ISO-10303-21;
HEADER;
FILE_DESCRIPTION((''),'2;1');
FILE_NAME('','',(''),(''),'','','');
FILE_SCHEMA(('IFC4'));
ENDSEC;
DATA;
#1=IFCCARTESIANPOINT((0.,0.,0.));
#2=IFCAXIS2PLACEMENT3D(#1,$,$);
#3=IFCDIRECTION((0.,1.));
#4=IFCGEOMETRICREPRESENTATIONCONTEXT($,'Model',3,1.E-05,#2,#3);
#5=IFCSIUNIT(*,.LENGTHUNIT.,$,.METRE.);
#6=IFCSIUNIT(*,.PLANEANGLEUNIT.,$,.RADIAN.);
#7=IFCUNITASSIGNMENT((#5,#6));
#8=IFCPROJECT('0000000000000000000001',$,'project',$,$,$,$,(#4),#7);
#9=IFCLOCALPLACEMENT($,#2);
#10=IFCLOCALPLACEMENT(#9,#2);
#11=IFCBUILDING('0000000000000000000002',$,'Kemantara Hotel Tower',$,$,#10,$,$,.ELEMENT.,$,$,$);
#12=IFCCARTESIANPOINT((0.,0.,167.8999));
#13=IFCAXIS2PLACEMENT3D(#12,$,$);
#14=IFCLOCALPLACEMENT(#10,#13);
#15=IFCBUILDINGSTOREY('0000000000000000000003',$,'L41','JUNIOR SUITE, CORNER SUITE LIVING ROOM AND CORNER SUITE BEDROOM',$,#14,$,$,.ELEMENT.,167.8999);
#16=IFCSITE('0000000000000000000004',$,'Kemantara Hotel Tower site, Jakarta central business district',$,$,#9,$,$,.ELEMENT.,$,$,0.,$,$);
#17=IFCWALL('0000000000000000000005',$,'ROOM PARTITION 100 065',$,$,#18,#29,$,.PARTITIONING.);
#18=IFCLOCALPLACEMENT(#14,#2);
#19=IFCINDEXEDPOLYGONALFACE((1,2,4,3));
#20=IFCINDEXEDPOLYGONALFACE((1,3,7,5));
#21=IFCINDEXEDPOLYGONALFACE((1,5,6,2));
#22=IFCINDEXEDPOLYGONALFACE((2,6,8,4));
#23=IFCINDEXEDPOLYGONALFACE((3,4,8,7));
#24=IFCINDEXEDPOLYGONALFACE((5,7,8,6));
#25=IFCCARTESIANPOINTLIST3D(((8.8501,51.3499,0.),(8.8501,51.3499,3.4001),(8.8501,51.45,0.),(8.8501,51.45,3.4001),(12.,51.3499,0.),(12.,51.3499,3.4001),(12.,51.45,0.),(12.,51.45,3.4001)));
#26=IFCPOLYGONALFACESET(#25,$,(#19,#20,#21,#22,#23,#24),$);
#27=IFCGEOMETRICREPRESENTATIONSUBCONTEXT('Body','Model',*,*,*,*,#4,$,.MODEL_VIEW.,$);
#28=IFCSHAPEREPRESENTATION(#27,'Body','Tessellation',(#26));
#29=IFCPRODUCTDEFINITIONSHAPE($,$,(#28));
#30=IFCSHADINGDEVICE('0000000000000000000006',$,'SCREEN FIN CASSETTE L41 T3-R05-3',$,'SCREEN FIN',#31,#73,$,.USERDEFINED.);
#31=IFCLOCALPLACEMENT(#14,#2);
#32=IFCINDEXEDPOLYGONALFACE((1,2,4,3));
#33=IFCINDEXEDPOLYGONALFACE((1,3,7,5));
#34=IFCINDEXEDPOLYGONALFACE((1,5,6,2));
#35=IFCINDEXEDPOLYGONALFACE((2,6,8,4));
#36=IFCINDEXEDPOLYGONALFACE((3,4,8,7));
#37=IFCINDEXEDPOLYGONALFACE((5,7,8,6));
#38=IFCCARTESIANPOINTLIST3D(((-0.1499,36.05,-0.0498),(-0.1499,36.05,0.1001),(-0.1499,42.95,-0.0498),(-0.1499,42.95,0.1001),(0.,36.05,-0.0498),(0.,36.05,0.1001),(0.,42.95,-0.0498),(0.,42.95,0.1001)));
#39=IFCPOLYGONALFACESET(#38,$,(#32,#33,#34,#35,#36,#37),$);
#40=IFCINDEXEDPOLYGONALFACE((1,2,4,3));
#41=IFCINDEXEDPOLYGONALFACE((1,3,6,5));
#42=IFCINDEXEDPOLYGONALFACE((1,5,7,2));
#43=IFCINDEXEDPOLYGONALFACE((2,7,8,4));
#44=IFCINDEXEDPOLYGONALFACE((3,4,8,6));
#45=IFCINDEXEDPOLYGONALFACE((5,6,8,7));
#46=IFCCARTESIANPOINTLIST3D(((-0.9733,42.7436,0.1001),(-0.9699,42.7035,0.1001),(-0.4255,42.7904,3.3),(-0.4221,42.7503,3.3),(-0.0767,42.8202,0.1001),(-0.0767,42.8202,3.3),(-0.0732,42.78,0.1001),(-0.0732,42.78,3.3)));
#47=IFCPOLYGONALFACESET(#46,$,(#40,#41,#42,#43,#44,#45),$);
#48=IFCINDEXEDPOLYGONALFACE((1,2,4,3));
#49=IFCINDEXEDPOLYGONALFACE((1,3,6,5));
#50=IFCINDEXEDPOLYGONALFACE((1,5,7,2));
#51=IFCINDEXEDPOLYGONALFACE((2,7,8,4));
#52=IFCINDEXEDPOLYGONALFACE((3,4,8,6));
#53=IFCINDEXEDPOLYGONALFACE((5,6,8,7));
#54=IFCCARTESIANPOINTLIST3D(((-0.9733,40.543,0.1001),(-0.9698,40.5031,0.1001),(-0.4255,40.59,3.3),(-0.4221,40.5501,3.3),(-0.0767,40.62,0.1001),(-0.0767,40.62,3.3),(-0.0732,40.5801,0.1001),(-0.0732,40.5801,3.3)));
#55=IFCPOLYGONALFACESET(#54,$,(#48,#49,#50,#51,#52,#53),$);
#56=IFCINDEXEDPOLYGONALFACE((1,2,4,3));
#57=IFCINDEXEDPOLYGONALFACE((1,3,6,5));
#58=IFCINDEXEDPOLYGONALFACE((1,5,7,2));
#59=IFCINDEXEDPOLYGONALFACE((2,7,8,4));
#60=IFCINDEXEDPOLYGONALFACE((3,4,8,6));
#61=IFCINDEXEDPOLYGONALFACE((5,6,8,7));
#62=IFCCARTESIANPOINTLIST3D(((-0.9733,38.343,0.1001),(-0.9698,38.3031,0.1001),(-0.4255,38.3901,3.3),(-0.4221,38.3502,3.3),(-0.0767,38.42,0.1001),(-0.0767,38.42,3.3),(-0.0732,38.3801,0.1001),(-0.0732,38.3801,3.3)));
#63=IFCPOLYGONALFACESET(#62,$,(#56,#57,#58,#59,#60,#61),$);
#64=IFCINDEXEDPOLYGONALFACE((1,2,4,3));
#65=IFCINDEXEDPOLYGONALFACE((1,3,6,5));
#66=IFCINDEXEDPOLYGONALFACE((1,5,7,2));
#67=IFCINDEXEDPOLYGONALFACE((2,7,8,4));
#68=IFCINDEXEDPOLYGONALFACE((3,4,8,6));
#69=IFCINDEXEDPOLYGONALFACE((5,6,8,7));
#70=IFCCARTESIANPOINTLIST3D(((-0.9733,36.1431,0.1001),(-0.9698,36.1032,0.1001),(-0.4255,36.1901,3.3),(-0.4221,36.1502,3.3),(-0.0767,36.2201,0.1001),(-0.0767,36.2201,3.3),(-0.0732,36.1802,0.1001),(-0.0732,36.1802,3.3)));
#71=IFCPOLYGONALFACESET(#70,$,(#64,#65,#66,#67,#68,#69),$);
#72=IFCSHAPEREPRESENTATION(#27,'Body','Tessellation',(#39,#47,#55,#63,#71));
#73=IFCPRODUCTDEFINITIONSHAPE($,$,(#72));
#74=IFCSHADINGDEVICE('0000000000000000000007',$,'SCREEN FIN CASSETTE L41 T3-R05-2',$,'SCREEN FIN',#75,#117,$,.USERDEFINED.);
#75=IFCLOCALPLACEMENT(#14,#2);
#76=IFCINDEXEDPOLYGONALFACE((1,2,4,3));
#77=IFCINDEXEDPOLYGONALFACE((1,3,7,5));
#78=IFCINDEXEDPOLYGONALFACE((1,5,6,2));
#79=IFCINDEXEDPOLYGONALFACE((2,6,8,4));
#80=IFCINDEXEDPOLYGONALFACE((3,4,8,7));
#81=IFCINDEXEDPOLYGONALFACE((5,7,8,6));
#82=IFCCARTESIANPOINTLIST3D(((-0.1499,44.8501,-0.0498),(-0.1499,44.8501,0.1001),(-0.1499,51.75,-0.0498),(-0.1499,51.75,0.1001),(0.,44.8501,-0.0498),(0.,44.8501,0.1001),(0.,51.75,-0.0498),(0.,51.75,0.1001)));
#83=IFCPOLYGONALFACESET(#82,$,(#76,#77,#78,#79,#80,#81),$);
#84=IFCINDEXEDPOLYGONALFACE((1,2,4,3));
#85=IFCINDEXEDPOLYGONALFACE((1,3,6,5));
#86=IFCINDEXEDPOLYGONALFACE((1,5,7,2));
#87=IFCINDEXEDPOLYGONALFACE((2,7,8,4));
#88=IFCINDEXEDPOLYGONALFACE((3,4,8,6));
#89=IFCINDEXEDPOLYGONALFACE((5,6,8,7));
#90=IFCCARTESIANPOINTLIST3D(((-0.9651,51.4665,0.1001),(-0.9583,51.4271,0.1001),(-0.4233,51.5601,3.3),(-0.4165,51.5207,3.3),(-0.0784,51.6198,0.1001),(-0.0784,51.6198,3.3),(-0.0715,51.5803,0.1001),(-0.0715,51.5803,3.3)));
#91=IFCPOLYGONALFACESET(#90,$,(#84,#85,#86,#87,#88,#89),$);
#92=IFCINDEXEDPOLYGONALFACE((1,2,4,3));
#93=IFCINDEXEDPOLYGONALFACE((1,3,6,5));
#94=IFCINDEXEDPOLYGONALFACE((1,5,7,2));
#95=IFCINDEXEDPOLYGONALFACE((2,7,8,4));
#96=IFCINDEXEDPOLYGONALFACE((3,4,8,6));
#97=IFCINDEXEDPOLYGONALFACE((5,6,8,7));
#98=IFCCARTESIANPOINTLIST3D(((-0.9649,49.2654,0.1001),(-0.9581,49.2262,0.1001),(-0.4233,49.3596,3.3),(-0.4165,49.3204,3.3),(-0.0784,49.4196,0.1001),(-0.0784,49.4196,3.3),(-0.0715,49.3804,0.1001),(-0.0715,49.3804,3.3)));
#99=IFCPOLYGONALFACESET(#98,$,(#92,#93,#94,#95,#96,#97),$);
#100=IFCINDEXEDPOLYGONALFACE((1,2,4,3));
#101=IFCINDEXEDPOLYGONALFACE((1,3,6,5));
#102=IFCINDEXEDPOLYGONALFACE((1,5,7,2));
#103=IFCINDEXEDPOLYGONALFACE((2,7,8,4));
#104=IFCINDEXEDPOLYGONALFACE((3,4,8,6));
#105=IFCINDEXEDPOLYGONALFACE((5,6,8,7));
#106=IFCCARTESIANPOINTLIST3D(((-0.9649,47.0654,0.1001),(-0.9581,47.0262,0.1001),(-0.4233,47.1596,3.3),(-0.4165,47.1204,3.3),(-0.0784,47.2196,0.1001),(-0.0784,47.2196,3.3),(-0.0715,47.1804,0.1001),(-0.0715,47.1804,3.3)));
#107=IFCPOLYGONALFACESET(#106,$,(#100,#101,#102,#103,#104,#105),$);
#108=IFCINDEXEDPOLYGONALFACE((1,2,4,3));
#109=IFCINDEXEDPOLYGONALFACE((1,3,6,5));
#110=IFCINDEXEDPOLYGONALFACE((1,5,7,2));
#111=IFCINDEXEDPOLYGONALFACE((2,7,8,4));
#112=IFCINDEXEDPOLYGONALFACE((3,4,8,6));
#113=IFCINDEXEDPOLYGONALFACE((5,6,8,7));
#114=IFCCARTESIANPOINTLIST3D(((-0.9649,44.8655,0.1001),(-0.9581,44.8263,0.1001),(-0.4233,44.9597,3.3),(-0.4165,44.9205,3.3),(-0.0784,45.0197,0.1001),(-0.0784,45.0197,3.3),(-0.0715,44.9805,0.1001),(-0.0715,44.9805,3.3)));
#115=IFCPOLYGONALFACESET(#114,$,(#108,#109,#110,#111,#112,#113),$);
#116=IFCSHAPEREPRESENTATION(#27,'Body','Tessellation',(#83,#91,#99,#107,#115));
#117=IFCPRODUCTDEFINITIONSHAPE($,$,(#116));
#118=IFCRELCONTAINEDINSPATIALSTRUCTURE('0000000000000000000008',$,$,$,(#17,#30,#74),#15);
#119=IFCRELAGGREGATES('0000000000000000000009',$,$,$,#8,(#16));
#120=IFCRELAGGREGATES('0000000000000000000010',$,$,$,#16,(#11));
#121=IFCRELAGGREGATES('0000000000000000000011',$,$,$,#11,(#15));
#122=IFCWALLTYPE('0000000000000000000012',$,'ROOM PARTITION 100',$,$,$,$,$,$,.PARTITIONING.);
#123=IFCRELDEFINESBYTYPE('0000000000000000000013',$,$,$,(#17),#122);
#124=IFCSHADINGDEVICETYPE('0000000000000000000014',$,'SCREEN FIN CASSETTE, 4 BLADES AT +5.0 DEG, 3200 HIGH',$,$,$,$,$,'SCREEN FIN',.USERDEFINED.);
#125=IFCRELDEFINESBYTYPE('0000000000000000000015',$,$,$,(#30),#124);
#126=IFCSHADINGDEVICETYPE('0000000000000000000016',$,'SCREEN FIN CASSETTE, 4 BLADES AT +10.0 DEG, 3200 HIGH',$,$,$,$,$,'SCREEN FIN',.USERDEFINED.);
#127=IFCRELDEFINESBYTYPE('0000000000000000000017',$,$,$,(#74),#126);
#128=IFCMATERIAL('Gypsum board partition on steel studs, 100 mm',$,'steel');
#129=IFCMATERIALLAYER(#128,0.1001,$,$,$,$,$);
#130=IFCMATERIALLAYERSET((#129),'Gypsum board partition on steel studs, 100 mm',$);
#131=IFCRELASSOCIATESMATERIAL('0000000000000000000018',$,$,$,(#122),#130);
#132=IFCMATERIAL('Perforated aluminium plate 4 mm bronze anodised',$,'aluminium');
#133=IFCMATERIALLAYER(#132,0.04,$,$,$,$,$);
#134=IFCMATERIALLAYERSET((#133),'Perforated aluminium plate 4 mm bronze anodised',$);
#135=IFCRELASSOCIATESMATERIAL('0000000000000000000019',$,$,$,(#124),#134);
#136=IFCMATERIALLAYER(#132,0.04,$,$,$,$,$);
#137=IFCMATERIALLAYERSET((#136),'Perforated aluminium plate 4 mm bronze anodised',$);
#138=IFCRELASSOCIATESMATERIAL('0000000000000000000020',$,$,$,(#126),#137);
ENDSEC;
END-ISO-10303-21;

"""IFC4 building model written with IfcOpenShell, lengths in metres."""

from ifc_helpers import new_model, si_unit, direction, frame, frame_2d, origin, origin_2d, place, context, subcontext, project, spatial, polyline, rectangle, outline, extrude, source, transform, mapped, material, layer, layer_set, type_object, element, save


model = new_model("IFC4")

# Units and contexts
model_context = context("Model", 3, precision=1e-05, world=origin(), true_north=direction((0.0, 1.0)))
body_context = subcontext(model_context, "Body", "Model", "MODEL_VIEW")
ifc_project = project(units=[si_unit("LENGTHUNIT", "METRE"), si_unit("PLANEANGLEUNIT", "RADIAN")], contexts=[model_context])

# Site, building, storey
site_placement = place(None, origin())
site = spatial("IfcSite", under=ifc_project, at=site_placement, Name="Kemantara Hotel Tower site, Jakarta central business district", CompositionType="ELEMENT", RefElevation=0.0)
building_placement = place(site_placement, origin())
building = spatial("IfcBuilding", under=site, at=building_placement, Name="Kemantara Hotel Tower", CompositionType="ELEMENT")
storey_placement = place(building_placement, frame((0.0, 0.0, 167.8999)))
storey = spatial("IfcBuildingStorey", under=building, at=storey_placement, Name="L41", Description="JUNIOR SUITE, CORNER SUITE LIVING ROOM AND CORNER SUITE BEDROOM", CompositionType="ELEMENT", Elevation=167.8999)

# Shared definitions
ifc_material_1 = material(Name="Gypsum board partition on steel studs, 100 mm", Category="steel")
ifc_layer_1 = layer(ifc_material_1, 0.1001)
ifc_layer_set_1 = layer_set([ifc_layer_1], Name="Gypsum board partition on steel studs, 100 mm")
wall_type_1 = type_object("IfcWallType", Name="ROOM PARTITION 100", PredefinedType="PARTITIONING", material=ifc_layer_set_1)

# Wall
wall_1_placement = place(storey_placement, frame((8.8501, 51.3999, 0.0), z_axis=(0.0, 0.0, 1.0), x_axis=(1.0, 0.0, 0.0)))
element("IfcWall", 1, at=wall_1_placement, inside=storey, type_object=wall_type_1, Name="ROOM PARTITION 100 065", PredefinedType="PARTITIONING", context=body_context, shape_type="SweptSolid", body=[
    extrude(rectangle(XDim=3.1499, YDim=0.1001, at=frame_2d((1.575, 0.0))), origin(), (0.0, 0.0, 1.0), 3.4001),
])

# Shading devices
ifc_material_2 = material(Name="Perforated aluminium plate 4 mm bronze anodised", Category="aluminium")
ifc_layer_2 = layer(ifc_material_2, 0.04)
ifc_layer_set_2 = layer_set([ifc_layer_2], Name="Perforated aluminium plate 4 mm bronze anodised")
shading_device_type_1 = type_object("IfcShadingDeviceType", Name="SCREEN FIN CASSETTE, 4 BLADES AT +5.0 DEG, 3200 HIGH", ElementType="SCREEN FIN", PredefinedType="USERDEFINED", material=ifc_layer_set_2)
shared_shape_1 = source(origin(), body_context, "Body", "SweptSolid", [
    extrude(rectangle(XDim=6.8999, YDim=0.1499, at=origin_2d()), frame((3.3, -0.075, -0.1499), z_axis=(0.0, 0.0, 1.0), x_axis=(1.0, 0.0, 0.0)), (0.0, 0.0, 1.0), 0.1499),
    extrude(outline(polyline([(0.0, 0.0), (0.8999, 0.0), (0.3501, 3.2), (0.0, 3.2), (0.0, 0.0)])), frame((0.02, -0.0732, 0.0), z_axis=(-0.996376, -0.085056, 0.0), x_axis=(0.085056, -0.996376, 0.0)), (0.0, 0.0, 1.0), 0.0403),
    extrude(outline(polyline([(0.0, 0.0), (0.8999, 0.0), (0.3501, 3.2), (0.0, 3.2), (0.0, 0.0)])), frame((2.22, -0.0732, 0.0), z_axis=(-0.996332, -0.085575, 0.0), x_axis=(0.085575, -0.996332, 0.0)), (0.0, 0.0, 1.0), 0.04),
    extrude(outline(polyline([(0.0, 0.0), (0.8999, 0.0), (0.3501, 3.2), (0.0, 3.2), (0.0, 0.0)])), frame((4.4199, -0.0732, 0.0), z_axis=(-0.996332, -0.085575, 0.0), x_axis=(0.085575, -0.996332, 0.0)), (0.0, 0.0, 1.0), 0.04),
    extrude(outline(polyline([(0.0, 0.0), (0.8999, 0.0), (0.3501, 3.2), (0.0, 3.2), (0.0, 0.0)])), frame((6.6199, -0.0732, 0.0), z_axis=(-0.996332, -0.085575, 0.0), x_axis=(0.085575, -0.996332, 0.0)), (0.0, 0.0, 1.0), 0.04),
])
shading_device_1_placement = place(storey_placement, frame((0.0, 42.8, 0.1001), z_axis=(0.0, 0.0, 1.0), x_axis=(0.0, -1.0, 0.0)))
element("IfcShadingDevice", 2, at=shading_device_1_placement, inside=storey, type_object=shading_device_type_1, Name="SCREEN FIN CASSETTE L41 T3-R05-3", ObjectType="SCREEN FIN", PredefinedType="USERDEFINED", context=body_context, shape_type="MappedRepresentation", body=[
    mapped(shared_shape_1, transform((0.0, 0.0, 0.0))),
])
ifc_layer_3 = layer(ifc_material_2, 0.04)
ifc_layer_set_3 = layer_set([ifc_layer_3], Name="Perforated aluminium plate 4 mm bronze anodised")
shading_device_type_2 = type_object("IfcShadingDeviceType", Name="SCREEN FIN CASSETTE, 4 BLADES AT +10.0 DEG, 3200 HIGH", ElementType="SCREEN FIN", PredefinedType="USERDEFINED", material=ifc_layer_set_3)
shared_shape_2 = source(origin(), body_context, "Body", "SweptSolid", [
    extrude(rectangle(XDim=6.8999, YDim=0.1499, at=origin_2d()), frame((3.3, -0.075, -0.1499), z_axis=(0.0, 0.0, 1.0), x_axis=(1.0, 0.0, 0.0)), (0.0, 0.0, 1.0), 0.1499),
    extrude(outline(polyline([(0.0, 0.0), (0.8999, 0.0), (0.3501, 3.2), (0.0, 3.2), (0.0, 0.0)])), frame((0.0198, -0.0715, 0.0), z_axis=(-0.98539, -0.170314, 0.0), x_axis=(0.170314, -0.98539, 0.0)), (0.0, 0.0, 1.0), 0.04),
    extrude(outline(polyline([(0.0, 0.0), (0.8999, 0.0), (0.3501, 3.2), (0.0, 3.2), (0.0, 0.0)])), frame((2.2197, -0.0715, 0.0), z_axis=(-0.985212, -0.171341, 0.0), x_axis=(0.171341, -0.985212, 0.0)), (0.0, 0.0, 1.0), 0.0398),
    extrude(outline(polyline([(0.0, 0.0), (0.8999, 0.0), (0.3501, 3.2), (0.0, 3.2), (0.0, 0.0)])), frame((4.4197, -0.0715, 0.0), z_axis=(-0.985212, -0.171341, 0.0), x_axis=(0.171341, -0.985212, 0.0)), (0.0, 0.0, 1.0), 0.0398),
    extrude(outline(polyline([(0.0, 0.0), (0.8999, 0.0), (0.3501, 3.2), (0.0, 3.2), (0.0, 0.0)])), frame((6.6196, -0.0715, 0.0), z_axis=(-0.985212, -0.171341, 0.0), x_axis=(0.171341, -0.985212, 0.0)), (0.0, 0.0, 1.0), 0.0398),
])
shading_device_2_placement = place(storey_placement, frame((0.0, 51.6001, 0.1001), z_axis=(0.0, 0.0, 1.0), x_axis=(0.0, -1.0, 0.0)))
element("IfcShadingDevice", 3, at=shading_device_2_placement, inside=storey, type_object=shading_device_type_2, Name="SCREEN FIN CASSETTE L41 T3-R05-2", ObjectType="SCREEN FIN", PredefinedType="USERDEFINED", context=body_context, shape_type="MappedRepresentation", body=[
    mapped(shared_shape_2, transform((0.0, 0.0, 0.0))),
])

save(model, "model.ifc")
